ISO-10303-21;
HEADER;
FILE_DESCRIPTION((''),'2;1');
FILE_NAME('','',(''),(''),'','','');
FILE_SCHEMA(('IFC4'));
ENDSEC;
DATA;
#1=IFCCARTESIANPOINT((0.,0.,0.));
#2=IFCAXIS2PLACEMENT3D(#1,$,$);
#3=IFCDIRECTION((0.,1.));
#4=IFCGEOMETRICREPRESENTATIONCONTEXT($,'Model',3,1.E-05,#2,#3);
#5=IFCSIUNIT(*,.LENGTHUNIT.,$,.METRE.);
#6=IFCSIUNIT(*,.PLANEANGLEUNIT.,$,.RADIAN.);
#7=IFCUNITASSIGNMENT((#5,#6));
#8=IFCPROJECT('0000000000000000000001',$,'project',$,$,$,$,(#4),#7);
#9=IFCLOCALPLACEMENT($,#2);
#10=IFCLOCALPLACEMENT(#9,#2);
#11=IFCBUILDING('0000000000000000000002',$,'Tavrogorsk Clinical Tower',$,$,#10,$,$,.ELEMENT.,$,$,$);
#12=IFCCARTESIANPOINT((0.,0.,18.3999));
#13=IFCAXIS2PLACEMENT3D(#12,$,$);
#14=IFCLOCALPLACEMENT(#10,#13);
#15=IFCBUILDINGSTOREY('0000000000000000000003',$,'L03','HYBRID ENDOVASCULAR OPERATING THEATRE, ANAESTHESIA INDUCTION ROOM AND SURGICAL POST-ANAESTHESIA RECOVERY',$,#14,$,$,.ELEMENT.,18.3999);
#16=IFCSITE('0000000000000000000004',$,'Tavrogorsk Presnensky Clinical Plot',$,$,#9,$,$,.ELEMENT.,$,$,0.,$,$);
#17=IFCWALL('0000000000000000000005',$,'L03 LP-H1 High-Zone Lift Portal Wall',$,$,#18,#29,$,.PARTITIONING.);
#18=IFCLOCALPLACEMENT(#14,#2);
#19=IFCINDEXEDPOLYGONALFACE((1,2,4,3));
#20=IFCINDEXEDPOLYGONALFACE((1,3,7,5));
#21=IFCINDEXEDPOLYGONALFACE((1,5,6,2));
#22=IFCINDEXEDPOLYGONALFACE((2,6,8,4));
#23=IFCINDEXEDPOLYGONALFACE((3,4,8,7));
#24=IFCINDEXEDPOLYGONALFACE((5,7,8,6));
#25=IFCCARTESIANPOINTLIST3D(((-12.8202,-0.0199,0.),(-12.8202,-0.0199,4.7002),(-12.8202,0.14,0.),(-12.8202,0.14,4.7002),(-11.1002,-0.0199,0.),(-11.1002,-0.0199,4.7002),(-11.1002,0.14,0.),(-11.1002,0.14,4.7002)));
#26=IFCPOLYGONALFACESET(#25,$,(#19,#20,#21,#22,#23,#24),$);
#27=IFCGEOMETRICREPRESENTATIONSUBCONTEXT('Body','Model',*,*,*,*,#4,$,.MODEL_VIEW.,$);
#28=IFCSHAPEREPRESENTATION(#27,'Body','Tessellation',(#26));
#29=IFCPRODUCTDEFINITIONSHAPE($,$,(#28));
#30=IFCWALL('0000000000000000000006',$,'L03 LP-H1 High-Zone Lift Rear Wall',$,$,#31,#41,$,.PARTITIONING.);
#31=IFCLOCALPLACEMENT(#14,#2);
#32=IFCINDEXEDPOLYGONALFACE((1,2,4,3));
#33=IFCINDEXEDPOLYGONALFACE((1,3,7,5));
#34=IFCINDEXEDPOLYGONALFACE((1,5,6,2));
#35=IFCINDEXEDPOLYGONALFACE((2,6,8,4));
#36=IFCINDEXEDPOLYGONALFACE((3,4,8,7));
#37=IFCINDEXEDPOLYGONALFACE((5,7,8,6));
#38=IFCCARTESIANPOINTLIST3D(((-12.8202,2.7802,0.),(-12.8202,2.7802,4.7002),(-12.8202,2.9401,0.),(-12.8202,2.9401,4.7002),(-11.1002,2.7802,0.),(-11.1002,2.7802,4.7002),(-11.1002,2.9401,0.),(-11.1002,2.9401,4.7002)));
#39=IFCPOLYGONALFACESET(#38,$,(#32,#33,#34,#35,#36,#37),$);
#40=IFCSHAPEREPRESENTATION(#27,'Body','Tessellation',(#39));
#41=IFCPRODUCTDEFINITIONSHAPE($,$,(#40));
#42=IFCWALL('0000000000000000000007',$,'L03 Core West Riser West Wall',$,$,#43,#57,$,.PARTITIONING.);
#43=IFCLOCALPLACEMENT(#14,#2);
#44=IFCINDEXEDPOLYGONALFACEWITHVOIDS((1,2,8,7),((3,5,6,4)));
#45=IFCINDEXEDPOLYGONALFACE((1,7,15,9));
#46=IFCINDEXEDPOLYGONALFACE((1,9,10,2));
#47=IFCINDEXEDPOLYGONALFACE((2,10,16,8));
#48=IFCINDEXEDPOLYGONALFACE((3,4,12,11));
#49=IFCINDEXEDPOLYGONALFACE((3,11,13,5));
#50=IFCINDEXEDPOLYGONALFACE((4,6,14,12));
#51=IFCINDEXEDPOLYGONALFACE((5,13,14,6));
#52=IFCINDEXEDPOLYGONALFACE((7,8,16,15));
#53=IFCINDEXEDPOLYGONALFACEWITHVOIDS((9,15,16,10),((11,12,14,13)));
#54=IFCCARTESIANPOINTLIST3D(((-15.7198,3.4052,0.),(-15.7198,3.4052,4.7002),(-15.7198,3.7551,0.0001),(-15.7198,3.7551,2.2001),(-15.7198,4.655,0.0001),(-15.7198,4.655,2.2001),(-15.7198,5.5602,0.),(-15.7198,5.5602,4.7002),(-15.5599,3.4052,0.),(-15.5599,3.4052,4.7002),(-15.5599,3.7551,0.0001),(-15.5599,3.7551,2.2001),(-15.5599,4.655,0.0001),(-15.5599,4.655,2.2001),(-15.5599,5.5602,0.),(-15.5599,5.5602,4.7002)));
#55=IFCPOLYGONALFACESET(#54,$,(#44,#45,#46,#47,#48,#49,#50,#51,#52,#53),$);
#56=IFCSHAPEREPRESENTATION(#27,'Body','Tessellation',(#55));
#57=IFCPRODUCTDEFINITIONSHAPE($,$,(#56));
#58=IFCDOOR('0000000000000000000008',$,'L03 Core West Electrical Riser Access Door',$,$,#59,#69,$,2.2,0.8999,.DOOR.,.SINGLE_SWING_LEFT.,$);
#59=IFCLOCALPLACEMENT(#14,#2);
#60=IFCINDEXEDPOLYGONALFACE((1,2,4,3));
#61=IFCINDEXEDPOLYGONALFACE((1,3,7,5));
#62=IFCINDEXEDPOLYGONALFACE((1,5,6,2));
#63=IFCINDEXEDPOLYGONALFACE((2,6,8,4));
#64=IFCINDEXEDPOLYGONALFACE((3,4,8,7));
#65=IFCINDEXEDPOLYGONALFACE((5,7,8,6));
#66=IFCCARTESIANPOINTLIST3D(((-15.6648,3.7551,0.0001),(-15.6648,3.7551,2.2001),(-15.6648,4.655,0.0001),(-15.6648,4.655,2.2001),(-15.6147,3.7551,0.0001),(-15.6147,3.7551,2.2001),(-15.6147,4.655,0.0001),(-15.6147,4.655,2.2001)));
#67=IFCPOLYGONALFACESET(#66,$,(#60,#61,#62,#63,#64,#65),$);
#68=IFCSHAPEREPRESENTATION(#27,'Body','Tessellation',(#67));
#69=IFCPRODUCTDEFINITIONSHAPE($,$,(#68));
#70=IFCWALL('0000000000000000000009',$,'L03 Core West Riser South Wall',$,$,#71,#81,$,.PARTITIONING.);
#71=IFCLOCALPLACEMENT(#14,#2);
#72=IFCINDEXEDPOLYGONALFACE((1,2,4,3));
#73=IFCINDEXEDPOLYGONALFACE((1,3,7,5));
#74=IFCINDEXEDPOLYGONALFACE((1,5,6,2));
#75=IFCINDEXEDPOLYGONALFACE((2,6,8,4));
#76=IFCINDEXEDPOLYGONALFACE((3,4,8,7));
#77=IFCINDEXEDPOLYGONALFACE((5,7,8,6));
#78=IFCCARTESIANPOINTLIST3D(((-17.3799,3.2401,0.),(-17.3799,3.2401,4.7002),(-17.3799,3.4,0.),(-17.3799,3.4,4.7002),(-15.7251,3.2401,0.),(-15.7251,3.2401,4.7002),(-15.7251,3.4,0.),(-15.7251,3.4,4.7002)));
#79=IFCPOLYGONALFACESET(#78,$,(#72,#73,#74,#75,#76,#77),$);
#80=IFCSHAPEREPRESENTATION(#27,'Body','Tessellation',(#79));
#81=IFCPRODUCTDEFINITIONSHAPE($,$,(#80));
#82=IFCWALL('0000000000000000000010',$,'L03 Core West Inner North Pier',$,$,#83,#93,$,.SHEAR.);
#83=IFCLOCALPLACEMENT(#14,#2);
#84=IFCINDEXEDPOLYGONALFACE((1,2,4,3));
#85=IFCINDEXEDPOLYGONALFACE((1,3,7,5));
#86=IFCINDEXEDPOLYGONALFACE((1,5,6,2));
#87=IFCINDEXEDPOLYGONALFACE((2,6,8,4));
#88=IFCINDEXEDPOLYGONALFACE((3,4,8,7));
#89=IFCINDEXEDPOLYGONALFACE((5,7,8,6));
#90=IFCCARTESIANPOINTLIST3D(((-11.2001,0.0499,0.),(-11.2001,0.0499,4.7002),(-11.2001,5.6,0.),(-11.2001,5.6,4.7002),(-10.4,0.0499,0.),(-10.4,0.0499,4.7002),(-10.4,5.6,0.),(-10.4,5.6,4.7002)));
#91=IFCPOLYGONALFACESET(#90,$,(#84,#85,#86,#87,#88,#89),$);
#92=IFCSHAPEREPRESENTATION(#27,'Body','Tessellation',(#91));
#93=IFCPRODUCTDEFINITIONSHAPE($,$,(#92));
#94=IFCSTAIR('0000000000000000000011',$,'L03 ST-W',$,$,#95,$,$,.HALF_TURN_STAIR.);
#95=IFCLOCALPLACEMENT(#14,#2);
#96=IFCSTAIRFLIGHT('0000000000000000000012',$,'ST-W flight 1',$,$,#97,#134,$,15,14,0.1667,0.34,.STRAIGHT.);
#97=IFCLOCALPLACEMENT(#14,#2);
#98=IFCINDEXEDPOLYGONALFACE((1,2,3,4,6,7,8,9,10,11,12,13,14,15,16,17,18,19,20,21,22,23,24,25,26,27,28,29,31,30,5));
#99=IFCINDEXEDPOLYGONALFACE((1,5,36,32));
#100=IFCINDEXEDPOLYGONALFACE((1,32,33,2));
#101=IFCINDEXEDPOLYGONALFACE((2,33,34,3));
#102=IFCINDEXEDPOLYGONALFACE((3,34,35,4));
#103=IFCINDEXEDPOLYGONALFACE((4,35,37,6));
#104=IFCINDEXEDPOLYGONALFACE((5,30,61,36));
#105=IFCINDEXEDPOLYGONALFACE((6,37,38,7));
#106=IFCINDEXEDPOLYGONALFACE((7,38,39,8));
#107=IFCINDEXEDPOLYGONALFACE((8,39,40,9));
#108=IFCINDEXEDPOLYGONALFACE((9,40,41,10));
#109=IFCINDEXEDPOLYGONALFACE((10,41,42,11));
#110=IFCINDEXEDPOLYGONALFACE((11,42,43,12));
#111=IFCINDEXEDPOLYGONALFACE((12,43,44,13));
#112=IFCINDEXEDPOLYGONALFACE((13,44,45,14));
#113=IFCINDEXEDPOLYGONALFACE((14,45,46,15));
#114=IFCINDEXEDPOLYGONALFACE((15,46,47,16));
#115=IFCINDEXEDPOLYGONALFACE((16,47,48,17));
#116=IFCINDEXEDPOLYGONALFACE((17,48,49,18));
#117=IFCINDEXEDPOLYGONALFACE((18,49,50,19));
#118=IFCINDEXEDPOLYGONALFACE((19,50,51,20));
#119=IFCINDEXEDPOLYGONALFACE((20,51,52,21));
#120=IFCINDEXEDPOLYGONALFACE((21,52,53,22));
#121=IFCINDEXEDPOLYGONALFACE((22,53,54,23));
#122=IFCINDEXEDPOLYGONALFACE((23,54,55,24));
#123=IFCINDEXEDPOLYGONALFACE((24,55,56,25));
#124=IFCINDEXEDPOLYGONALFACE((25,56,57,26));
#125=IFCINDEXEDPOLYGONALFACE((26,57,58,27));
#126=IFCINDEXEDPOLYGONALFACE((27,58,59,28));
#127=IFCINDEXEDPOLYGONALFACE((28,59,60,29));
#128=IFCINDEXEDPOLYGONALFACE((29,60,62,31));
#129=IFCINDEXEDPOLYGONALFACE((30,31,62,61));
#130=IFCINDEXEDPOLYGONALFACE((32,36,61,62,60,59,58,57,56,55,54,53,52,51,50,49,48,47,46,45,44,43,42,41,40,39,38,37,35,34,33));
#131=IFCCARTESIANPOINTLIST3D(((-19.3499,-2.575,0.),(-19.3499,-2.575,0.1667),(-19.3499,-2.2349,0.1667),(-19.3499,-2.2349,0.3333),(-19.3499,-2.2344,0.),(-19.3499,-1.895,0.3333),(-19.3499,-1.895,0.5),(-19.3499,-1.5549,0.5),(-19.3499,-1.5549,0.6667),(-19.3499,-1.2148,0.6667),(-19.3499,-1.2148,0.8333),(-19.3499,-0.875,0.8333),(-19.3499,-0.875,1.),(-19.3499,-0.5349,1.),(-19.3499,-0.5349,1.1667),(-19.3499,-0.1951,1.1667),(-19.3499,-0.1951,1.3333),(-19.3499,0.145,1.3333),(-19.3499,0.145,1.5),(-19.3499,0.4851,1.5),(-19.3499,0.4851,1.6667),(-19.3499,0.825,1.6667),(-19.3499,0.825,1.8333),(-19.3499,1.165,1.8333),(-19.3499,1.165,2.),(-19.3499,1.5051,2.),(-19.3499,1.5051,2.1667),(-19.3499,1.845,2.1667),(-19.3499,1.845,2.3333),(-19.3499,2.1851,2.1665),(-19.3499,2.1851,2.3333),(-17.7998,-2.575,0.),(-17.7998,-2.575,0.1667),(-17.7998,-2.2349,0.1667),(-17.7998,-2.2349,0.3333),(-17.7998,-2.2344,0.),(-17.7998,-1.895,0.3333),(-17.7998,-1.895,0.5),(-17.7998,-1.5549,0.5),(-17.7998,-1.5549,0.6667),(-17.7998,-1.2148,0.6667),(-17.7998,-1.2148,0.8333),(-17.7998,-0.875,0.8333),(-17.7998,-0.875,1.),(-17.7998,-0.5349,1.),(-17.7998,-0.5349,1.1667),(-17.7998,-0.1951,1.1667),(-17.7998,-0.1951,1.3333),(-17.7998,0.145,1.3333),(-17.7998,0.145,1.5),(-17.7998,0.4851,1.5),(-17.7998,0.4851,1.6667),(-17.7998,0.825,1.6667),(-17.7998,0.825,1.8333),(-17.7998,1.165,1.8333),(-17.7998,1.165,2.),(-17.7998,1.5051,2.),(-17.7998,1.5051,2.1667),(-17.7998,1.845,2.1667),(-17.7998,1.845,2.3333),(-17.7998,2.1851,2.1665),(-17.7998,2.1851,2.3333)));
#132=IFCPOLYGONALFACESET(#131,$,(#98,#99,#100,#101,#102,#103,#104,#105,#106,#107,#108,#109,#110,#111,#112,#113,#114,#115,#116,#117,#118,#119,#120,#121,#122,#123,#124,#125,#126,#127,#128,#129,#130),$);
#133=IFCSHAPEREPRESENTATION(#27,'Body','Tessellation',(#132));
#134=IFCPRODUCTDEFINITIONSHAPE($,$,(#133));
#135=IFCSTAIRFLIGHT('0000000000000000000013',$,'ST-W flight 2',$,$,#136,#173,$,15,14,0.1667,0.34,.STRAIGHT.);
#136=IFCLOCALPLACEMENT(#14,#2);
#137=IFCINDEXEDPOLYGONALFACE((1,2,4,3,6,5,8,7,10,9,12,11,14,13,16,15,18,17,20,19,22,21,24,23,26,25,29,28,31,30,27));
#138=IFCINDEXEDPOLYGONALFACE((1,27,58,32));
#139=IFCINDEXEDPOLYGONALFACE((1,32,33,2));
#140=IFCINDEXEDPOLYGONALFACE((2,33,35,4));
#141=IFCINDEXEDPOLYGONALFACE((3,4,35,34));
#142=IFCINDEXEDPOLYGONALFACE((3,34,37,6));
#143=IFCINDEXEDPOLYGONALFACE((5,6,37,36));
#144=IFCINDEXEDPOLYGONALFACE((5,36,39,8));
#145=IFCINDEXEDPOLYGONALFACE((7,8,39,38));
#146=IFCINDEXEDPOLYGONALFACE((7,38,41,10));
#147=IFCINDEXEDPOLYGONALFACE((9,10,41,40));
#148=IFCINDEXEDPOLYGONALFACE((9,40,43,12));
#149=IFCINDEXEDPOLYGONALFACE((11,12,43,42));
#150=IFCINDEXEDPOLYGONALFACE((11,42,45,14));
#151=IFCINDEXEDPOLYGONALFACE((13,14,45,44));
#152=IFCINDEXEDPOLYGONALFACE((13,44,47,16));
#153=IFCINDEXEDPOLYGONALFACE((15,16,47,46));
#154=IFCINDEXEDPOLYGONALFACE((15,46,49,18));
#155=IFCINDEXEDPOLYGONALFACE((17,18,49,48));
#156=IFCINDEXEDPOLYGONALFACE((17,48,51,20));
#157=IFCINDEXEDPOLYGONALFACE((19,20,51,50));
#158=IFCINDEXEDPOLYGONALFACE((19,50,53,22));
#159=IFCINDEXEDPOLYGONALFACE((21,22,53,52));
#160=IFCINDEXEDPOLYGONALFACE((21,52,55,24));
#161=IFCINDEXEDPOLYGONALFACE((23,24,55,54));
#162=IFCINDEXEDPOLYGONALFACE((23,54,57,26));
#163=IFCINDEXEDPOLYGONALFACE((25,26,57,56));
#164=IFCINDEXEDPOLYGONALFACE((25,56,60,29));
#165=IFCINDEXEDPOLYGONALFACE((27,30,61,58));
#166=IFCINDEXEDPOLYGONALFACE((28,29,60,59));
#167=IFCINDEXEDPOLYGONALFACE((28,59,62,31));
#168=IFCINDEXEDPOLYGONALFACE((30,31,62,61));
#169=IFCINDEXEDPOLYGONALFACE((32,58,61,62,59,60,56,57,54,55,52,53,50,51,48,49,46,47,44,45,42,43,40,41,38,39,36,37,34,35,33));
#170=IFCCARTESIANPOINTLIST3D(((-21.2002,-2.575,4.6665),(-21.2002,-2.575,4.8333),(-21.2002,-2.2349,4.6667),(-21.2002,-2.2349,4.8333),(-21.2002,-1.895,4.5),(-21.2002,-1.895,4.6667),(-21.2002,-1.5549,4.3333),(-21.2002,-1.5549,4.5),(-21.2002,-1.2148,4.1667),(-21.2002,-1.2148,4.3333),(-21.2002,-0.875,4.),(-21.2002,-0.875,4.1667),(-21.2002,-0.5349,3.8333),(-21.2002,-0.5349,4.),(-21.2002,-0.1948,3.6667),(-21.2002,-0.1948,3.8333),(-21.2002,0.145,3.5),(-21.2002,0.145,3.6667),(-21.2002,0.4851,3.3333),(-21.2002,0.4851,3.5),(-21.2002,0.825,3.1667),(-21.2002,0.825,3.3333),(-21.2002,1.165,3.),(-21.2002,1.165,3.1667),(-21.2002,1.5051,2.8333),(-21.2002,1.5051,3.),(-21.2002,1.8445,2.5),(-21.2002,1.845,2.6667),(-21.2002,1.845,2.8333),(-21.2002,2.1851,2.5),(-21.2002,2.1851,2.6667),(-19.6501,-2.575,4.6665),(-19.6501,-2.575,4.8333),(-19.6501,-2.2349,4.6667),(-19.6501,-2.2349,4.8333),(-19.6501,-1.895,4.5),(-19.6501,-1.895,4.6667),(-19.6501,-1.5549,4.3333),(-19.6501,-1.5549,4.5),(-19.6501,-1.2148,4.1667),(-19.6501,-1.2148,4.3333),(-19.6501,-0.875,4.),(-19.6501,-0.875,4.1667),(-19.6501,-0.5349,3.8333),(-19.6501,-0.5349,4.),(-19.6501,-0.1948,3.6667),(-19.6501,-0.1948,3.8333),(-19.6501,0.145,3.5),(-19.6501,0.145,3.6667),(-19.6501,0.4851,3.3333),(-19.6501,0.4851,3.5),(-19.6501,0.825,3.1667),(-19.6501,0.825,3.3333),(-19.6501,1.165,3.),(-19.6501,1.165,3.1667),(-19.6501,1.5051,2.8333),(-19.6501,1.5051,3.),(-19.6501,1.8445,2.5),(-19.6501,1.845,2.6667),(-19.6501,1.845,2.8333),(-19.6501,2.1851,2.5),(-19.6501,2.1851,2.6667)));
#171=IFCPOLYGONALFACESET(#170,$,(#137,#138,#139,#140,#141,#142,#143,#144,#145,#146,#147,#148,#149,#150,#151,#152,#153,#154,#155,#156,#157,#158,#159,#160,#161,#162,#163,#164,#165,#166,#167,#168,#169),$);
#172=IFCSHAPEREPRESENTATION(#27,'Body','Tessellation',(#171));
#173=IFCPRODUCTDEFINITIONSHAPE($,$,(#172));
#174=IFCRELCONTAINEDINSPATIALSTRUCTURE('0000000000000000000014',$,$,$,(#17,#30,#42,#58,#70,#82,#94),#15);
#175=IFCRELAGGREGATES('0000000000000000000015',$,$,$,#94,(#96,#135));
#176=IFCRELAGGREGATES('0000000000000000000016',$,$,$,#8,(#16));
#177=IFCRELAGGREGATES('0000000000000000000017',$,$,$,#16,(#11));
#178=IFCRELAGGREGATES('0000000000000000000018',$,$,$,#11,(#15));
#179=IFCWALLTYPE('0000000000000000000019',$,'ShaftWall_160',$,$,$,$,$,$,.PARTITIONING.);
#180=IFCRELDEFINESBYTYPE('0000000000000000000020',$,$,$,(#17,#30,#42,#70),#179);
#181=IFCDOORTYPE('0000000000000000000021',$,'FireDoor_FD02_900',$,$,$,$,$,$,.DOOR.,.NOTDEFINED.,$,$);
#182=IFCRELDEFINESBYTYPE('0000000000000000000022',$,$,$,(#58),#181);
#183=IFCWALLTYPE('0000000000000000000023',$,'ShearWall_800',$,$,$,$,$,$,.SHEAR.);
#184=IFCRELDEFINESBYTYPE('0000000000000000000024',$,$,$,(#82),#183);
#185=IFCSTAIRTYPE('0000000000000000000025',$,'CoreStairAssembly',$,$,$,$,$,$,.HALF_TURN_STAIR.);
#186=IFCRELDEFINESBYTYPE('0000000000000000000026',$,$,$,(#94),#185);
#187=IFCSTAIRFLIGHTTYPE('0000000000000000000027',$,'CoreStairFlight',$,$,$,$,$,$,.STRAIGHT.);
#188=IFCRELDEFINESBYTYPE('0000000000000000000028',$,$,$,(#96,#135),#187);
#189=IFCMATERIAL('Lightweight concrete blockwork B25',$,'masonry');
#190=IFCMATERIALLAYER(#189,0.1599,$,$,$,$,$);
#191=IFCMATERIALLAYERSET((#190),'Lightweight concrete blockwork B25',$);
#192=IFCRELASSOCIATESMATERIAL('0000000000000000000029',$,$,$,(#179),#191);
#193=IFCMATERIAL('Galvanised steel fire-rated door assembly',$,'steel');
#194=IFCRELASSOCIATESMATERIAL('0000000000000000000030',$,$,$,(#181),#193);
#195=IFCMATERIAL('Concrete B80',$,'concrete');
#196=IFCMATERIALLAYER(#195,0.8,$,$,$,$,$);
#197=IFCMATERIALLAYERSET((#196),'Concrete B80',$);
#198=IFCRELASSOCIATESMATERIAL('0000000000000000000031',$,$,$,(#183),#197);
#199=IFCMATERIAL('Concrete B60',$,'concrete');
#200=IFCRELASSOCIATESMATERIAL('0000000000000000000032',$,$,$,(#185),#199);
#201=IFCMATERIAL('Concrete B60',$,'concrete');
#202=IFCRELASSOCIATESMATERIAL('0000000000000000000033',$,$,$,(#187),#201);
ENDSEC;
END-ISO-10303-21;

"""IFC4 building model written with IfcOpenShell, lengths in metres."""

from ifc_helpers import new_model, si_unit, direction, frame, frame_2d, origin, place, context, subcontext, project, spatial, polyline, rectangle, outline, extrude, material, layer, layer_set, type_object, element, fill, aggregate, save


model = new_model("IFC4")

# Units and contexts
model_context = context("Model", 3, precision=1e-05, world=origin(), true_north=direction((0.0, 1.0)))
body_context = subcontext(model_context, "Body", "Model", "MODEL_VIEW")
ifc_project = project(units=[si_unit("LENGTHUNIT", "METRE"), si_unit("PLANEANGLEUNIT", "RADIAN")], contexts=[model_context])

# Site, building, storey
site_placement = place(None, origin())
site = spatial("IfcSite", under=ifc_project, at=site_placement, Name="Tavrogorsk Presnensky Clinical Plot", CompositionType="ELEMENT", RefElevation=0.0)
building_placement = place(site_placement, origin())
building = spatial("IfcBuilding", under=site, at=building_placement, Name="Tavrogorsk Clinical Tower", CompositionType="ELEMENT")
storey_placement = place(building_placement, frame((0.0, 0.0, 18.3999)))
storey = spatial("IfcBuildingStorey", under=building, at=storey_placement, Name="L03", Description="HYBRID ENDOVASCULAR OPERATING THEATRE, ANAESTHESIA INDUCTION ROOM AND SURGICAL POST-ANAESTHESIA RECOVERY", CompositionType="ELEMENT", Elevation=18.3999)

# Shared definitions
ifc_material_1 = material(Name="Lightweight concrete blockwork B25", Category="masonry")
ifc_layer_1 = layer(ifc_material_1, 0.1599)
ifc_layer_set_1 = layer_set([ifc_layer_1], Name="Lightweight concrete blockwork B25")
wall_type_1 = type_object("IfcWallType", Name="ShaftWall_160", PredefinedType="PARTITIONING", material=ifc_layer_set_1)

# Walls
for number, where, z_axis, x_axis, name in (
    (1, (-12.8201, 0.0601, 0.0), (0.0, 0.0, 1.0), (1.0, 0.0, 0.0), "L03 LP-H1 High-Zone Lift Portal Wall"),
    (2, (-12.8201, 2.8601, 0.0), (0.0, 0.0, 1.0), (1.0, 0.0, 0.0), "L03 LP-H1 High-Zone Lift Rear Wall"),
):
    element("IfcWall", number, at=place(storey_placement, frame(where, z_axis=z_axis, x_axis=x_axis)), inside=storey, type_object=wall_type_1, Name=name, PredefinedType="PARTITIONING", context=body_context, shape_type="SweptSolid", body=[
        extrude(rectangle(XDim=1.72, YDim=0.1599, at=frame_2d((0.8599, 0.0))), origin(), (0.0, 0.0, 1.0), 4.7002),
    ])

# Wall, opening, door
wall_1_placement = place(storey_placement, frame((-15.6399, 3.405, 0.0), z_axis=(0.0, 0.0, 1.0), x_axis=(0.0, 1.0, 0.0)))
wall_1 = element("IfcWall", 3, at=wall_1_placement, inside=storey, type_object=wall_type_1, Name="L03 Core West Riser West Wall", PredefinedType="PARTITIONING", context=body_context, shape_type="SweptSolid", body=[
    extrude(rectangle(XDim=2.155, YDim=0.1599, at=frame_2d((1.0776, 0.0))), origin(), (0.0, 0.0, 1.0), 4.7002),
])
opening_1_placement = place(wall_1_placement, frame((0.3501, 0.0, 0.0)))
opening_1 = element("IfcOpeningElement", 4, at=opening_1_placement, cuts=wall_1, PredefinedType="OPENING", context=body_context, shape_type="SweptSolid", body=[
    extrude(rectangle(XDim=0.8999, YDim=2.2, at=frame_2d((0.45, 1.1001))), frame((0.0, 0.0898, 0.0), z_axis=(0.0, -1.0, 0.0), x_axis=(1.0, 0.0, 0.0)), (0.0, 0.0, 1.0), 0.1799),
])
ifc_material_2 = material(Name="Galvanised steel fire-rated door assembly", Category="steel")
door_type_1 = type_object("IfcDoorType", Name="FireDoor_FD02_900", OperationType="NOTDEFINED", PredefinedType="DOOR", material=ifc_material_2)
door_1_placement = place(opening_1_placement, origin())
door_1 = element("IfcDoor", 5, at=door_1_placement, inside=storey, type_object=door_type_1, Name="L03 Core West Electrical Riser Access Door", OperationType="SINGLE_SWING_LEFT", OverallHeight=2.2, OverallWidth=0.8999, PredefinedType="DOOR", context=body_context, shape_type="SweptSolid", body=[
    extrude(rectangle(XDim=0.8999, YDim=2.2, at=frame_2d((0.45, 1.1001))), frame((0.0, 0.0249, 0.0), z_axis=(0.0, -1.0, 0.0), x_axis=(1.0, 0.0, 0.0)), (0.0, 0.0, 1.0), 0.05),
])
fill(opening_1, door_1)

# Walls
wall_2_placement = place(storey_placement, frame((-17.3799, 3.3201, 0.0), z_axis=(0.0, 0.0, 1.0), x_axis=(1.0, 0.0, 0.0)))
element("IfcWall", 6, at=wall_2_placement, inside=storey, type_object=wall_type_1, Name="L03 Core West Riser South Wall", PredefinedType="PARTITIONING", context=body_context, shape_type="SweptSolid", body=[
    extrude(rectangle(XDim=1.6548, YDim=0.1599, at=frame_2d((0.8274, 0.0))), origin(), (0.0, 0.0, 1.0), 4.7002),
])
ifc_material_3 = material(Name="Concrete B80", Category="concrete")
ifc_layer_2 = layer(ifc_material_3, 0.8)
ifc_layer_set_2 = layer_set([ifc_layer_2], Name="Concrete B80")
wall_type_2 = type_object("IfcWallType", Name="ShearWall_800", PredefinedType="SHEAR", material=ifc_layer_set_2)
wall_3_placement = place(storey_placement, frame((-10.8, 0.05, 0.0), z_axis=(0.0, 0.0, 1.0), x_axis=(0.0, 1.0, 0.0)))
element("IfcWall", 7, at=wall_3_placement, inside=storey, type_object=wall_type_2, Name="L03 Core West Inner North Pier", PredefinedType="SHEAR", context=body_context, shape_type="SweptSolid", body=[
    extrude(rectangle(XDim=5.55, YDim=0.8, at=frame_2d((2.7749, 0.0))), origin(), (0.0, 0.0, 1.0), 4.7002),
])

# Stair, stair flights
ifc_material_4 = material(Name="Concrete B60", Category="concrete")
stair_type = type_object("IfcStairType", Name="CoreStairAssembly", PredefinedType="HALF_TURN_STAIR", material=ifc_material_4)
stair_placement = place(storey_placement, origin())
stair = element("IfcStair", 8, at=stair_placement, inside=storey, type_object=stair_type, Name="L03 ST-W", PredefinedType="HALF_TURN_STAIR")
ifc_material_5 = material(Name="Concrete B60", Category="concrete")
stair_flight_type = type_object("IfcStairFlightType", Name="CoreStairFlight", PredefinedType="STRAIGHT", material=ifc_material_5)
stair_flight_1_placement = place(storey_placement, frame((-18.575, -2.575, 0.0), z_axis=(0.0, 0.0, 1.0), x_axis=(0.0, 1.0, 0.0)))
stair_flight_1 = element("IfcStairFlight", 9, at=stair_flight_1_placement, type_object=stair_flight_type, Name="ST-W flight 1", NumberOfRisers=15, NumberOfTreads=14, PredefinedType="STRAIGHT", RiserHeight=0.1667, TreadLength=0.34, context=body_context, shape_type="SweptSolid", body=[
    extrude(outline(polyline([(0.0, 0.0), (0.0, 0.1667), (0.3401, 0.1667), (0.3401, 0.3333), (0.6799, 0.3333), (0.6799, 0.5), (1.02, 0.5), (1.02, 0.6667), (1.3601, 0.6667), (1.3601, 0.8333), (1.7, 0.8333), (1.7, 1.0), (2.04, 1.0), (2.04, 1.1667), (2.3799, 1.1667), (2.3799, 1.3333), (2.72, 1.3333), (2.72, 1.5), (3.0601, 1.5), (3.0601, 1.6667), (3.3999, 1.6667), (3.3999, 1.8333), (3.74, 1.8333), (3.74, 2.0), (4.0801, 2.0), (4.0801, 2.1667), (4.4199, 2.1667), (4.4199, 2.3333), (4.76, 2.3333), (4.76, 2.5), (4.76, 2.1665), (0.3406, 0.0), (0.0, 0.0)])), frame((0.0, 0.7749, 0.0), z_axis=(0.0, -1.0, 0.0), x_axis=(1.0, 0.0, 0.0)), (0.0, 0.0, 1.0), 1.55),
])
stair_flight_2_placement = place(storey_placement, frame((-20.425, 2.1851, 2.5), z_axis=(0.0, 0.0, 1.0), x_axis=(0.0, -1.0, 0.0)))
stair_flight_2 = element("IfcStairFlight", 10, at=stair_flight_2_placement, type_object=stair_flight_type, Name="ST-W flight 2", NumberOfRisers=15, NumberOfTreads=14, PredefinedType="STRAIGHT", RiserHeight=0.1667, TreadLength=0.34, context=body_context, shape_type="SweptSolid", body=[
    extrude(outline(polyline([(0.0, 0.0), (0.0, 0.1667), (0.3401, 0.1667), (0.3401, 0.3333), (0.6799, 0.3333), (0.6799, 0.5), (1.02, 0.5), (1.02, 0.6667), (1.3601, 0.6667), (1.3601, 0.8333), (1.7, 0.8333), (1.7, 1.0), (2.04, 1.0), (2.04, 1.1667), (2.3799, 1.1667), (2.3799, 1.3333), (2.72, 1.3333), (2.72, 1.5), (3.0601, 1.5), (3.0601, 1.6667), (3.3999, 1.6667), (3.3999, 1.8333), (3.74, 1.8333), (3.74, 2.0), (4.0801, 2.0), (4.0801, 2.1667), (4.4199, 2.1667), (4.4199, 2.3333), (4.76, 2.3333), (4.76, 2.5), (4.76, 2.1665), (0.3406, 0.0), (0.0, 0.0)])), frame((0.0, 0.7749, 0.0), z_axis=(0.0, -1.0, 0.0), x_axis=(1.0, 0.0, 0.0)), (0.0, 0.0, 1.0), 1.55),
])
aggregate(stair, [stair_flight_1, stair_flight_2])

save(model, "model.ifc")
